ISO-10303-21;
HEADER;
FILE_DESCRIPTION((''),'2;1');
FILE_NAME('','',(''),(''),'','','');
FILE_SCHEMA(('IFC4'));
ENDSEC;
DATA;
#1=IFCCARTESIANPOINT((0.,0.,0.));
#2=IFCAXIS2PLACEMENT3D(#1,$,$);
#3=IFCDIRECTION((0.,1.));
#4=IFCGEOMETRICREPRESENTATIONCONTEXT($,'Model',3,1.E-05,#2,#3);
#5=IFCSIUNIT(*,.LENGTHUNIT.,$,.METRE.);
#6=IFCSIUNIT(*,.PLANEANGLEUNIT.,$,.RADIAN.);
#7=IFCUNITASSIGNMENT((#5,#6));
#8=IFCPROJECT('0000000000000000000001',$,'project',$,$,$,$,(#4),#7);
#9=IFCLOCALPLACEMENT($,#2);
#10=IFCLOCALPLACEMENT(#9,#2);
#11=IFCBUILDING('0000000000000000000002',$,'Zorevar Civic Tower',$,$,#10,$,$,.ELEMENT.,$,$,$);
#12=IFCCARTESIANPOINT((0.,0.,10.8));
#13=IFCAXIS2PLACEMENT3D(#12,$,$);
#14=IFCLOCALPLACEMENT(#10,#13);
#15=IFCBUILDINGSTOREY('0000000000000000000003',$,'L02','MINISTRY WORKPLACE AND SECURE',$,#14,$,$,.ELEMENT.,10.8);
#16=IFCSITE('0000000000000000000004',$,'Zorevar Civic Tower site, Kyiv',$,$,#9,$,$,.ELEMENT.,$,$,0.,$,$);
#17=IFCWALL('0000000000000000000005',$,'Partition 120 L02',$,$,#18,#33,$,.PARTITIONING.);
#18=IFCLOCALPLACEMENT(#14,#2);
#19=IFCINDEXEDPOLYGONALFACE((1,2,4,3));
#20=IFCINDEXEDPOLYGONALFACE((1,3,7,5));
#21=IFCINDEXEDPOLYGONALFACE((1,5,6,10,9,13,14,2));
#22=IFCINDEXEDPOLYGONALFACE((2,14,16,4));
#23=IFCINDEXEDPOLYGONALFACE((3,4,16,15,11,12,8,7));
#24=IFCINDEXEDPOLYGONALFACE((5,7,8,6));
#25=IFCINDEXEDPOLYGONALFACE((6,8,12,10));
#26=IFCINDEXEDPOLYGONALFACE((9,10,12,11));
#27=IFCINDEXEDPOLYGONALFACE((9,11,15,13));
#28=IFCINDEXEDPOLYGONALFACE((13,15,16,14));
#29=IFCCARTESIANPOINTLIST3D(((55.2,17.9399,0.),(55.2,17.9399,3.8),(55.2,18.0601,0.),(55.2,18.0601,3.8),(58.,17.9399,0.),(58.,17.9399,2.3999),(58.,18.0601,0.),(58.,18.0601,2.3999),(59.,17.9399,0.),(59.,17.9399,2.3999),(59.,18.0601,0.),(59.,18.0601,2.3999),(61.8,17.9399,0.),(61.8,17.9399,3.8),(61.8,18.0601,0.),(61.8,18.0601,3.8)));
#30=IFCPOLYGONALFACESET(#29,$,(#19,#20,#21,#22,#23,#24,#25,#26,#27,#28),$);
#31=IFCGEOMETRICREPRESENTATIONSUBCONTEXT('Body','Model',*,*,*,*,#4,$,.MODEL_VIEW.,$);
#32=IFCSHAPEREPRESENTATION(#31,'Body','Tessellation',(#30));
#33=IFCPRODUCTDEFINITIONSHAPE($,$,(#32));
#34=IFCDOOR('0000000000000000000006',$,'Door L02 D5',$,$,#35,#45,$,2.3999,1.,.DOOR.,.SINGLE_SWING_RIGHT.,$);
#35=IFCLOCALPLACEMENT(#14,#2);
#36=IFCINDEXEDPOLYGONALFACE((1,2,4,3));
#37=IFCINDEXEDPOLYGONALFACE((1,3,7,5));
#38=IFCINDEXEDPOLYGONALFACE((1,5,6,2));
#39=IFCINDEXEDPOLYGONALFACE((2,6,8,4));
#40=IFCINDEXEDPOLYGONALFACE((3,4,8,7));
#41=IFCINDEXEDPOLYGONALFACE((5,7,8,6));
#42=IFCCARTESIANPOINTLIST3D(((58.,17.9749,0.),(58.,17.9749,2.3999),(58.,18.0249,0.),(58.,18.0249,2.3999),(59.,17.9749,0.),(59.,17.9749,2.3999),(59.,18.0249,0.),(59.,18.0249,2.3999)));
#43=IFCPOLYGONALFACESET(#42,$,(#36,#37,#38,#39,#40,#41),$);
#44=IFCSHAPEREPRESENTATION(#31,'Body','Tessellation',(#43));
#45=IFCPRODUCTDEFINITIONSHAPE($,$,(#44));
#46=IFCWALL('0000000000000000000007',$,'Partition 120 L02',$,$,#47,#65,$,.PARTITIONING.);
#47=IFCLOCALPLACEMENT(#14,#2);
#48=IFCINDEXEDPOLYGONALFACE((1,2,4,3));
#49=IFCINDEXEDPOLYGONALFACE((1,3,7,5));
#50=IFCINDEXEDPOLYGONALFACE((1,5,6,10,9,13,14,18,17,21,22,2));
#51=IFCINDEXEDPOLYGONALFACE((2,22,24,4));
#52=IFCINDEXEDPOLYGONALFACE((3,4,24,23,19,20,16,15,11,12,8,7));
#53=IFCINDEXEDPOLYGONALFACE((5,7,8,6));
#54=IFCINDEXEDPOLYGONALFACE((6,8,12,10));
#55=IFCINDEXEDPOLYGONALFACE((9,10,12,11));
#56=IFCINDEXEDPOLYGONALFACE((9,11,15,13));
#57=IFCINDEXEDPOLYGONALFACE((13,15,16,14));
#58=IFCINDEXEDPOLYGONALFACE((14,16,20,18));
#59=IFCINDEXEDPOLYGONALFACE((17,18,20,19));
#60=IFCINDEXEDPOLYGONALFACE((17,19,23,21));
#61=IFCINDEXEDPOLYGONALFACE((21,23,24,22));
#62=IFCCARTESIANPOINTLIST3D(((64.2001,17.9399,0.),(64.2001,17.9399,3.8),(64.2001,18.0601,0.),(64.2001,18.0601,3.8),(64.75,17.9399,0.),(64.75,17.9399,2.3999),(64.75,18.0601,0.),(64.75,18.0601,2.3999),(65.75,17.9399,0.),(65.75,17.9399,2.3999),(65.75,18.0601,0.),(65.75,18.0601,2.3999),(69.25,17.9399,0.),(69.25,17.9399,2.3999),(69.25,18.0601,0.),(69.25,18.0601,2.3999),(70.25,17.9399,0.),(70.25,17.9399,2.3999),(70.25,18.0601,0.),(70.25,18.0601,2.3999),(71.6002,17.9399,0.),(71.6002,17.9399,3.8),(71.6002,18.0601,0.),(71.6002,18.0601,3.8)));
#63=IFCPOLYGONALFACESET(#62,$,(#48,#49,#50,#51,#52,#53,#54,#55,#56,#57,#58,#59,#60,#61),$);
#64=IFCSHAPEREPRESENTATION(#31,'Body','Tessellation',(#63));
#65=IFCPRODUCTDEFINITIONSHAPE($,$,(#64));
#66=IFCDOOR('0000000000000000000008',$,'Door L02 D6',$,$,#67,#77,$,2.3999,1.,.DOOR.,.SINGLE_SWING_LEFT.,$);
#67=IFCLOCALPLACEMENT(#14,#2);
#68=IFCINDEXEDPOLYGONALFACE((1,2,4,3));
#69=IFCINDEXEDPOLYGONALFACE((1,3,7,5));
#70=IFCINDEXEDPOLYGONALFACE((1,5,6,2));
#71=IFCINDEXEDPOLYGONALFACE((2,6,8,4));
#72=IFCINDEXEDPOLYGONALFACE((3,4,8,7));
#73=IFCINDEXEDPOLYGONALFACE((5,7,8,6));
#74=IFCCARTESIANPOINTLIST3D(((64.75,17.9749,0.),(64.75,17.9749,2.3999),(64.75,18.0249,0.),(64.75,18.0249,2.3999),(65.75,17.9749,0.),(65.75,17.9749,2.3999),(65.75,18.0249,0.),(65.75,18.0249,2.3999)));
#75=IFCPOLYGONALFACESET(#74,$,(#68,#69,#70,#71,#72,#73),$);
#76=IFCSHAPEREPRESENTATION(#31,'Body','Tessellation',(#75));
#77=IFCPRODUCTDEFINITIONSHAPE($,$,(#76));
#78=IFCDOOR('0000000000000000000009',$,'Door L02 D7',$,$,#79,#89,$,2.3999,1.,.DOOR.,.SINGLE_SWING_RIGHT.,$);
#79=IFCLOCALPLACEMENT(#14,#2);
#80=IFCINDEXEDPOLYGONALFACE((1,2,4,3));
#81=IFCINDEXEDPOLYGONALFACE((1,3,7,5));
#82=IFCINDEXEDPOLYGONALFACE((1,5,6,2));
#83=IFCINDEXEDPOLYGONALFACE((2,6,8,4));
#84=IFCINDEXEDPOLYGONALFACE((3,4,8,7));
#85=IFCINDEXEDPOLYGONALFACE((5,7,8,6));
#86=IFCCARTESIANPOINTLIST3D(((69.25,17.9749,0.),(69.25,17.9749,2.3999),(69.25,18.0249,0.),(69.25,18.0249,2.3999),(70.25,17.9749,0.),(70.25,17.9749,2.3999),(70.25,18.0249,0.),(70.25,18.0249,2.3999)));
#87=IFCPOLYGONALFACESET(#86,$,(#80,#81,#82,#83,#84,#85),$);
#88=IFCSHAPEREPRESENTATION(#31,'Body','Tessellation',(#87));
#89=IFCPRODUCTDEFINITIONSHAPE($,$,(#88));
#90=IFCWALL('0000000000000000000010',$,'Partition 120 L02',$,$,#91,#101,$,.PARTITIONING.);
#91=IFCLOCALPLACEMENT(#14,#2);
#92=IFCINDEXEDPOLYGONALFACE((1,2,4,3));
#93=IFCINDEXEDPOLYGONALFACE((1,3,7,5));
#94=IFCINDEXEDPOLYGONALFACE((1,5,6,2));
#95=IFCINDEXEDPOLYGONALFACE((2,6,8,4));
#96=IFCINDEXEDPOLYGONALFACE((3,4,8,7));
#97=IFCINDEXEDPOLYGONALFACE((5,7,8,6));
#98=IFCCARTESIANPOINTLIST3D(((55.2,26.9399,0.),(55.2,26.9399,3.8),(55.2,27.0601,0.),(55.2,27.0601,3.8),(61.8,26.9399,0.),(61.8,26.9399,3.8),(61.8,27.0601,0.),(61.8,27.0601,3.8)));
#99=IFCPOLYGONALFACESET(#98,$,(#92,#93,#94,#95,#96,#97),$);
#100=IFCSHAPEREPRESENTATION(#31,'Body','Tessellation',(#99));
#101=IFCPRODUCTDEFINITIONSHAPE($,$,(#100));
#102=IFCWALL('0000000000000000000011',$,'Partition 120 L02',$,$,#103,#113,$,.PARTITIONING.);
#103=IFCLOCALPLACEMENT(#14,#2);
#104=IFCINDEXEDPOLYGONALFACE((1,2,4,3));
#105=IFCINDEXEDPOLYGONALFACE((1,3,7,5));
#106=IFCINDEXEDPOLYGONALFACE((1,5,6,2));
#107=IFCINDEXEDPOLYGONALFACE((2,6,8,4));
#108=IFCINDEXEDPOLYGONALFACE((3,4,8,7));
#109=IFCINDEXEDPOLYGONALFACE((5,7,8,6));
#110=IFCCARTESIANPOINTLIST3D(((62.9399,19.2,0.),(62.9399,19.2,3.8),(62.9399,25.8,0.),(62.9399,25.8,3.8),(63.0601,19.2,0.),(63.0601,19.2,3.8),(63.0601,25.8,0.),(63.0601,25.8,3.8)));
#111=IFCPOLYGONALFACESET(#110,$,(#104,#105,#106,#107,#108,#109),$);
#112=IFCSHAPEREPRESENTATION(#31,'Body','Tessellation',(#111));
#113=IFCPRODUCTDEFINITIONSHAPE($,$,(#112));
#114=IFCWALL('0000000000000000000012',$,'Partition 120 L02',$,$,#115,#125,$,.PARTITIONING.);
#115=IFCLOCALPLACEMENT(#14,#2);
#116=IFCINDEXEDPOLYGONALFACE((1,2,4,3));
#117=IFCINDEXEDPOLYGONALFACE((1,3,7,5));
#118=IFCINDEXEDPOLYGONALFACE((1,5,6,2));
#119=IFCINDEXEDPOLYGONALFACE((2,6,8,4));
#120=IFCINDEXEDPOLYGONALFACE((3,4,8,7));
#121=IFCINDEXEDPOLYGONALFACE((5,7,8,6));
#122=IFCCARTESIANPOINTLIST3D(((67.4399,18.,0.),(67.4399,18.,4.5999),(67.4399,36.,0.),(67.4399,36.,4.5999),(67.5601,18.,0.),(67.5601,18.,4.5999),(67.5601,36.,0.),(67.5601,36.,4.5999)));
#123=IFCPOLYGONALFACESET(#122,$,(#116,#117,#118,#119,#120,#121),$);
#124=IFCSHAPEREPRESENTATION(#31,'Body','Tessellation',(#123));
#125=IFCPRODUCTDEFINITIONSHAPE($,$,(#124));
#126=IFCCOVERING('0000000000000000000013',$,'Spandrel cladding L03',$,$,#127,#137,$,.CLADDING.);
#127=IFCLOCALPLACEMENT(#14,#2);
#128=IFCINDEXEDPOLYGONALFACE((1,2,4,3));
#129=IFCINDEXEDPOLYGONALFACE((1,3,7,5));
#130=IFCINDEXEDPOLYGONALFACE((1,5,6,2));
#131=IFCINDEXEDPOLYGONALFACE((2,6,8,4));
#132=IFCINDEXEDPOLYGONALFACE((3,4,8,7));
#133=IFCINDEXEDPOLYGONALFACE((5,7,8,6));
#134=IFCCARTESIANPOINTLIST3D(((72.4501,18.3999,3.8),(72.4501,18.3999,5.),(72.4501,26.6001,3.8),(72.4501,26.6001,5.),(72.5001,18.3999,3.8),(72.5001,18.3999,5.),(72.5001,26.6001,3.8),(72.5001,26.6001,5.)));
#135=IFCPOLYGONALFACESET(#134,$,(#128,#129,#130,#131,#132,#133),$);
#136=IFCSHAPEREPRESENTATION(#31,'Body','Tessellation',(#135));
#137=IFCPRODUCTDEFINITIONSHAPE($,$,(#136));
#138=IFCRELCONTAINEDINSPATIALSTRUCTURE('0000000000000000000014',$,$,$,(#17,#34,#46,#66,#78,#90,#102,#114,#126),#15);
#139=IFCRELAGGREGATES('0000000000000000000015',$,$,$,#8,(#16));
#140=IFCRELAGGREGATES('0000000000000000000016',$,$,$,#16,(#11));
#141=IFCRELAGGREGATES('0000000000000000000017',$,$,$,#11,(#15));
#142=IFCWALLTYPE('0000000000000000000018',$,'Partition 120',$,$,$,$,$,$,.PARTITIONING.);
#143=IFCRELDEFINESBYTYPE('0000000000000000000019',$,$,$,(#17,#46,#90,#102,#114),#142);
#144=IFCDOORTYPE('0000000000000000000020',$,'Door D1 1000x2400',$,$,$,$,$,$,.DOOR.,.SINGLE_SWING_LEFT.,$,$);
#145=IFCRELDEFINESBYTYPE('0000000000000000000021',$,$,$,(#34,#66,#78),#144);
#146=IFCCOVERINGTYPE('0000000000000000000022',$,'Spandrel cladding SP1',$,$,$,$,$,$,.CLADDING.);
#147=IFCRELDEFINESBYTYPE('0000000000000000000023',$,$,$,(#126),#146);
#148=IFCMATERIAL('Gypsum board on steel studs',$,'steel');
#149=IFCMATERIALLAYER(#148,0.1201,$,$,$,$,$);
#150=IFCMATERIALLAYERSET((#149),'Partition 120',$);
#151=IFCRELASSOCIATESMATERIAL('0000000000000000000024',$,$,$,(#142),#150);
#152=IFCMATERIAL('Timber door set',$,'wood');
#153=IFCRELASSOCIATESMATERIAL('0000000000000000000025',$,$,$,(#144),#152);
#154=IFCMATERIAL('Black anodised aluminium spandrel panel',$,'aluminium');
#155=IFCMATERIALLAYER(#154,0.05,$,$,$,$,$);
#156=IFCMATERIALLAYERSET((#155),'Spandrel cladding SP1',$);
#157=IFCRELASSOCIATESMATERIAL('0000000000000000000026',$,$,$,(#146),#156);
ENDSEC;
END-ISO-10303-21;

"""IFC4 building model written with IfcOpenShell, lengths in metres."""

from ifc_helpers import new_model, si_unit, direction, frame, frame_2d, origin, place, context, subcontext, project, spatial, rectangle, extrude, material, layer, layer_set, type_object, element, fill, save


model = new_model("IFC4")

# Units and contexts
model_context = context("Model", 3, precision=1e-05, world=origin(), true_north=direction((0.0, 1.0)))
body_context = subcontext(model_context, "Body", "Model", "MODEL_VIEW")
ifc_project = project(units=[si_unit("LENGTHUNIT", "METRE"), si_unit("PLANEANGLEUNIT", "RADIAN")], contexts=[model_context])

# Site, building, storey
site_placement = place(None, origin())
site = spatial("IfcSite", under=ifc_project, at=site_placement, Name="Zorevar Civic Tower site, Kyiv", CompositionType="ELEMENT", RefElevation=0.0)
building_placement = place(site_placement, origin())
building = spatial("IfcBuilding", under=site, at=building_placement, Name="Zorevar Civic Tower", CompositionType="ELEMENT")
storey_placement = place(building_placement, frame((0.0, 0.0, 10.8)))
storey = spatial("IfcBuildingStorey", under=building, at=storey_placement, Name="L02", Description="MINISTRY WORKPLACE AND SECURE", CompositionType="ELEMENT", Elevation=10.8)

# Wall, opening, door
ifc_material_1 = material(Name="Gypsum board on steel studs", Category="steel")
ifc_layer_1 = layer(ifc_material_1, 0.1201)
ifc_layer_set_1 = layer_set([ifc_layer_1], Name="Partition 120")
wall_type_1 = type_object("IfcWallType", Name="Partition 120", PredefinedType="PARTITIONING", material=ifc_layer_set_1)
wall_1_placement = place(storey_placement, frame((55.2, 18.0, 0.0), z_axis=(0.0, 0.0, 1.0), x_axis=(1.0, 0.0, 0.0)))
wall_1 = element("IfcWall", 1, at=wall_1_placement, inside=storey, type_object=wall_type_1, Name="Partition 120 L02", PredefinedType="PARTITIONING", context=body_context, shape_type="SweptSolid", body=[
    extrude(rectangle(XDim=6.6001, YDim=0.1201, at=frame_2d((3.3, 0.0))), origin(), (0.0, 0.0, 1.0), 3.8),
])
opening_1_placement = place(wall_1_placement, frame((2.8, 0.0, 0.0)))
opening_1 = element("IfcOpeningElement", 2, at=opening_1_placement, cuts=wall_1, PredefinedType="OPENING", context=body_context, shape_type="SweptSolid", body=[
    extrude(rectangle(XDim=1.0, YDim=2.3999, at=frame_2d((0.5, 1.2))), frame((0.0, 0.0701, 0.0), z_axis=(0.0, -1.0, 0.0), x_axis=(1.0, 0.0, 0.0)), (0.0, 0.0, 1.0), 0.1401),
])
ifc_material_2 = material(Name="Timber door set", Category="wood")
door_type = type_object("IfcDoorType", Name="Door D1 1000x2400", OperationType="SINGLE_SWING_LEFT", PredefinedType="DOOR", material=ifc_material_2)
door_1_placement = place(opening_1_placement, origin())
door_1 = element("IfcDoor", 3, at=door_1_placement, inside=storey, type_object=door_type, Name="Door L02 D5", OperationType="SINGLE_SWING_RIGHT", OverallHeight=2.3999, OverallWidth=1.0, PredefinedType="DOOR", context=body_context, shape_type="SweptSolid", body=[
    extrude(rectangle(XDim=1.0, YDim=2.3999, at=frame_2d((0.5, 1.2))), frame((0.0, 0.0249, 0.0), z_axis=(0.0, -1.0, 0.0), x_axis=(1.0, 0.0, 0.0)), (0.0, 0.0, 1.0), 0.05),
])
fill(opening_1, door_1)

# Wall, openings, doors
wall_2_placement = place(storey_placement, frame((64.2, 18.0, 0.0), z_axis=(0.0, 0.0, 1.0), x_axis=(1.0, 0.0, 0.0)))
wall_2 = element("IfcWall", 4, at=wall_2_placement, inside=storey, type_object=wall_type_1, Name="Partition 120 L02", PredefinedType="PARTITIONING", context=body_context, shape_type="SweptSolid", body=[
    extrude(rectangle(XDim=7.4001, YDim=0.1201, at=frame_2d((3.7002, 0.0))), origin(), (0.0, 0.0, 1.0), 3.8),
])
opening_2_placement = place(wall_2_placement, frame((0.55, 0.0, 0.0)))
opening_2 = element("IfcOpeningElement", 5, at=opening_2_placement, cuts=wall_2, PredefinedType="OPENING", context=body_context, shape_type="SweptSolid", body=[
    extrude(rectangle(XDim=1.0, YDim=2.3999, at=frame_2d((0.5, 1.2))), frame((0.0, 0.0701, 0.0), z_axis=(0.0, -1.0, 0.0), x_axis=(1.0, 0.0, 0.0)), (0.0, 0.0, 1.0), 0.1401),
])
opening_3_placement = place(wall_2_placement, frame((5.05, 0.0, 0.0)))
opening_3 = element("IfcOpeningElement", 6, at=opening_3_placement, cuts=wall_2, PredefinedType="OPENING", context=body_context, shape_type="SweptSolid", body=[
    extrude(rectangle(XDim=1.0, YDim=2.3999, at=frame_2d((0.5, 1.2))), frame((0.0, 0.0701, 0.0), z_axis=(0.0, -1.0, 0.0), x_axis=(1.0, 0.0, 0.0)), (0.0, 0.0, 1.0), 0.1401),
])
door_2_placement = place(opening_2_placement, origin())
door_2 = element("IfcDoor", 7, at=door_2_placement, inside=storey, type_object=door_type, Name="Door L02 D6", OperationType="SINGLE_SWING_LEFT", OverallHeight=2.3999, OverallWidth=1.0, PredefinedType="DOOR", context=body_context, shape_type="SweptSolid", body=[
    extrude(rectangle(XDim=1.0, YDim=2.3999, at=frame_2d((0.5, 1.2))), frame((0.0, 0.0249, 0.0), z_axis=(0.0, -1.0, 0.0), x_axis=(1.0, 0.0, 0.0)), (0.0, 0.0, 1.0), 0.05),
])
fill(opening_2, door_2)
door_3_placement = place(opening_3_placement, origin())
door_3 = element("IfcDoor", 8, at=door_3_placement, inside=storey, type_object=door_type, Name="Door L02 D7", OperationType="SINGLE_SWING_RIGHT", OverallHeight=2.3999, OverallWidth=1.0, PredefinedType="DOOR", context=body_context, shape_type="SweptSolid", body=[
    extrude(rectangle(XDim=1.0, YDim=2.3999, at=frame_2d((0.5, 1.2))), frame((0.0, 0.0249, 0.0), z_axis=(0.0, -1.0, 0.0), x_axis=(1.0, 0.0, 0.0)), (0.0, 0.0, 1.0), 0.05),
])
fill(opening_3, door_3)

# Walls
for number, where, z_axis, x_axis, name in (
    (9, (55.2, 27.0, 0.0), (0.0, 0.0, 1.0), (1.0, 0.0, 0.0), "Partition 120 L02"),
    (10, (63.0, 19.2, 0.0), (0.0, 0.0, 1.0), (0.0, 1.0, 0.0), "Partition 120 L02"),
):
    element("IfcWall", number, at=place(storey_placement, frame(where, z_axis=z_axis, x_axis=x_axis)), inside=storey, type_object=wall_type_1, Name=name, PredefinedType="PARTITIONING", context=body_context, shape_type="SweptSolid", body=[
        extrude(rectangle(XDim=6.6001, YDim=0.1201, at=frame_2d((3.3, 0.0))), origin(), (0.0, 0.0, 1.0), 3.8),
    ])
wall_3_placement = place(storey_placement, frame((67.5, 18.0, 0.0), z_axis=(0.0, 0.0, 1.0), x_axis=(0.0, 1.0, 0.0)))
element("IfcWall", 11, at=wall_3_placement, inside=storey, type_object=wall_type_1, Name="Partition 120 L02", PredefinedType="PARTITIONING", context=body_context, shape_type="SweptSolid", body=[
    extrude(rectangle(XDim=18.0, YDim=0.1201, at=frame_2d((9.0, 0.0))), origin(), (0.0, 0.0, 1.0), 4.5999),
])

# Covering
ifc_material_3 = material(Name="Black anodised aluminium spandrel panel", Category="aluminium")
ifc_layer_2 = layer(ifc_material_3, 0.05)
ifc_layer_set_2 = layer_set([ifc_layer_2], Name="Spandrel cladding SP1")
covering_type = type_object("IfcCoveringType", Name="Spandrel cladding SP1", PredefinedType="CLADDING", material=ifc_layer_set_2)
covering_placement = place(storey_placement, frame((72.4751, 18.3999, 3.8), z_axis=(0.0, 0.0, 1.0), x_axis=(0.0, 1.0, 0.0)))
element("IfcCovering", 12, at=covering_placement, inside=storey, type_object=covering_type, Name="Spandrel cladding L03", PredefinedType="CLADDING", context=body_context, shape_type="SweptSolid", body=[
    extrude(rectangle(XDim=8.2002, YDim=0.05, at=frame_2d((4.1001, 0.0))), origin(), (0.0, 0.0, 1.0), 1.2),
])

save(model, "model.ifc")
